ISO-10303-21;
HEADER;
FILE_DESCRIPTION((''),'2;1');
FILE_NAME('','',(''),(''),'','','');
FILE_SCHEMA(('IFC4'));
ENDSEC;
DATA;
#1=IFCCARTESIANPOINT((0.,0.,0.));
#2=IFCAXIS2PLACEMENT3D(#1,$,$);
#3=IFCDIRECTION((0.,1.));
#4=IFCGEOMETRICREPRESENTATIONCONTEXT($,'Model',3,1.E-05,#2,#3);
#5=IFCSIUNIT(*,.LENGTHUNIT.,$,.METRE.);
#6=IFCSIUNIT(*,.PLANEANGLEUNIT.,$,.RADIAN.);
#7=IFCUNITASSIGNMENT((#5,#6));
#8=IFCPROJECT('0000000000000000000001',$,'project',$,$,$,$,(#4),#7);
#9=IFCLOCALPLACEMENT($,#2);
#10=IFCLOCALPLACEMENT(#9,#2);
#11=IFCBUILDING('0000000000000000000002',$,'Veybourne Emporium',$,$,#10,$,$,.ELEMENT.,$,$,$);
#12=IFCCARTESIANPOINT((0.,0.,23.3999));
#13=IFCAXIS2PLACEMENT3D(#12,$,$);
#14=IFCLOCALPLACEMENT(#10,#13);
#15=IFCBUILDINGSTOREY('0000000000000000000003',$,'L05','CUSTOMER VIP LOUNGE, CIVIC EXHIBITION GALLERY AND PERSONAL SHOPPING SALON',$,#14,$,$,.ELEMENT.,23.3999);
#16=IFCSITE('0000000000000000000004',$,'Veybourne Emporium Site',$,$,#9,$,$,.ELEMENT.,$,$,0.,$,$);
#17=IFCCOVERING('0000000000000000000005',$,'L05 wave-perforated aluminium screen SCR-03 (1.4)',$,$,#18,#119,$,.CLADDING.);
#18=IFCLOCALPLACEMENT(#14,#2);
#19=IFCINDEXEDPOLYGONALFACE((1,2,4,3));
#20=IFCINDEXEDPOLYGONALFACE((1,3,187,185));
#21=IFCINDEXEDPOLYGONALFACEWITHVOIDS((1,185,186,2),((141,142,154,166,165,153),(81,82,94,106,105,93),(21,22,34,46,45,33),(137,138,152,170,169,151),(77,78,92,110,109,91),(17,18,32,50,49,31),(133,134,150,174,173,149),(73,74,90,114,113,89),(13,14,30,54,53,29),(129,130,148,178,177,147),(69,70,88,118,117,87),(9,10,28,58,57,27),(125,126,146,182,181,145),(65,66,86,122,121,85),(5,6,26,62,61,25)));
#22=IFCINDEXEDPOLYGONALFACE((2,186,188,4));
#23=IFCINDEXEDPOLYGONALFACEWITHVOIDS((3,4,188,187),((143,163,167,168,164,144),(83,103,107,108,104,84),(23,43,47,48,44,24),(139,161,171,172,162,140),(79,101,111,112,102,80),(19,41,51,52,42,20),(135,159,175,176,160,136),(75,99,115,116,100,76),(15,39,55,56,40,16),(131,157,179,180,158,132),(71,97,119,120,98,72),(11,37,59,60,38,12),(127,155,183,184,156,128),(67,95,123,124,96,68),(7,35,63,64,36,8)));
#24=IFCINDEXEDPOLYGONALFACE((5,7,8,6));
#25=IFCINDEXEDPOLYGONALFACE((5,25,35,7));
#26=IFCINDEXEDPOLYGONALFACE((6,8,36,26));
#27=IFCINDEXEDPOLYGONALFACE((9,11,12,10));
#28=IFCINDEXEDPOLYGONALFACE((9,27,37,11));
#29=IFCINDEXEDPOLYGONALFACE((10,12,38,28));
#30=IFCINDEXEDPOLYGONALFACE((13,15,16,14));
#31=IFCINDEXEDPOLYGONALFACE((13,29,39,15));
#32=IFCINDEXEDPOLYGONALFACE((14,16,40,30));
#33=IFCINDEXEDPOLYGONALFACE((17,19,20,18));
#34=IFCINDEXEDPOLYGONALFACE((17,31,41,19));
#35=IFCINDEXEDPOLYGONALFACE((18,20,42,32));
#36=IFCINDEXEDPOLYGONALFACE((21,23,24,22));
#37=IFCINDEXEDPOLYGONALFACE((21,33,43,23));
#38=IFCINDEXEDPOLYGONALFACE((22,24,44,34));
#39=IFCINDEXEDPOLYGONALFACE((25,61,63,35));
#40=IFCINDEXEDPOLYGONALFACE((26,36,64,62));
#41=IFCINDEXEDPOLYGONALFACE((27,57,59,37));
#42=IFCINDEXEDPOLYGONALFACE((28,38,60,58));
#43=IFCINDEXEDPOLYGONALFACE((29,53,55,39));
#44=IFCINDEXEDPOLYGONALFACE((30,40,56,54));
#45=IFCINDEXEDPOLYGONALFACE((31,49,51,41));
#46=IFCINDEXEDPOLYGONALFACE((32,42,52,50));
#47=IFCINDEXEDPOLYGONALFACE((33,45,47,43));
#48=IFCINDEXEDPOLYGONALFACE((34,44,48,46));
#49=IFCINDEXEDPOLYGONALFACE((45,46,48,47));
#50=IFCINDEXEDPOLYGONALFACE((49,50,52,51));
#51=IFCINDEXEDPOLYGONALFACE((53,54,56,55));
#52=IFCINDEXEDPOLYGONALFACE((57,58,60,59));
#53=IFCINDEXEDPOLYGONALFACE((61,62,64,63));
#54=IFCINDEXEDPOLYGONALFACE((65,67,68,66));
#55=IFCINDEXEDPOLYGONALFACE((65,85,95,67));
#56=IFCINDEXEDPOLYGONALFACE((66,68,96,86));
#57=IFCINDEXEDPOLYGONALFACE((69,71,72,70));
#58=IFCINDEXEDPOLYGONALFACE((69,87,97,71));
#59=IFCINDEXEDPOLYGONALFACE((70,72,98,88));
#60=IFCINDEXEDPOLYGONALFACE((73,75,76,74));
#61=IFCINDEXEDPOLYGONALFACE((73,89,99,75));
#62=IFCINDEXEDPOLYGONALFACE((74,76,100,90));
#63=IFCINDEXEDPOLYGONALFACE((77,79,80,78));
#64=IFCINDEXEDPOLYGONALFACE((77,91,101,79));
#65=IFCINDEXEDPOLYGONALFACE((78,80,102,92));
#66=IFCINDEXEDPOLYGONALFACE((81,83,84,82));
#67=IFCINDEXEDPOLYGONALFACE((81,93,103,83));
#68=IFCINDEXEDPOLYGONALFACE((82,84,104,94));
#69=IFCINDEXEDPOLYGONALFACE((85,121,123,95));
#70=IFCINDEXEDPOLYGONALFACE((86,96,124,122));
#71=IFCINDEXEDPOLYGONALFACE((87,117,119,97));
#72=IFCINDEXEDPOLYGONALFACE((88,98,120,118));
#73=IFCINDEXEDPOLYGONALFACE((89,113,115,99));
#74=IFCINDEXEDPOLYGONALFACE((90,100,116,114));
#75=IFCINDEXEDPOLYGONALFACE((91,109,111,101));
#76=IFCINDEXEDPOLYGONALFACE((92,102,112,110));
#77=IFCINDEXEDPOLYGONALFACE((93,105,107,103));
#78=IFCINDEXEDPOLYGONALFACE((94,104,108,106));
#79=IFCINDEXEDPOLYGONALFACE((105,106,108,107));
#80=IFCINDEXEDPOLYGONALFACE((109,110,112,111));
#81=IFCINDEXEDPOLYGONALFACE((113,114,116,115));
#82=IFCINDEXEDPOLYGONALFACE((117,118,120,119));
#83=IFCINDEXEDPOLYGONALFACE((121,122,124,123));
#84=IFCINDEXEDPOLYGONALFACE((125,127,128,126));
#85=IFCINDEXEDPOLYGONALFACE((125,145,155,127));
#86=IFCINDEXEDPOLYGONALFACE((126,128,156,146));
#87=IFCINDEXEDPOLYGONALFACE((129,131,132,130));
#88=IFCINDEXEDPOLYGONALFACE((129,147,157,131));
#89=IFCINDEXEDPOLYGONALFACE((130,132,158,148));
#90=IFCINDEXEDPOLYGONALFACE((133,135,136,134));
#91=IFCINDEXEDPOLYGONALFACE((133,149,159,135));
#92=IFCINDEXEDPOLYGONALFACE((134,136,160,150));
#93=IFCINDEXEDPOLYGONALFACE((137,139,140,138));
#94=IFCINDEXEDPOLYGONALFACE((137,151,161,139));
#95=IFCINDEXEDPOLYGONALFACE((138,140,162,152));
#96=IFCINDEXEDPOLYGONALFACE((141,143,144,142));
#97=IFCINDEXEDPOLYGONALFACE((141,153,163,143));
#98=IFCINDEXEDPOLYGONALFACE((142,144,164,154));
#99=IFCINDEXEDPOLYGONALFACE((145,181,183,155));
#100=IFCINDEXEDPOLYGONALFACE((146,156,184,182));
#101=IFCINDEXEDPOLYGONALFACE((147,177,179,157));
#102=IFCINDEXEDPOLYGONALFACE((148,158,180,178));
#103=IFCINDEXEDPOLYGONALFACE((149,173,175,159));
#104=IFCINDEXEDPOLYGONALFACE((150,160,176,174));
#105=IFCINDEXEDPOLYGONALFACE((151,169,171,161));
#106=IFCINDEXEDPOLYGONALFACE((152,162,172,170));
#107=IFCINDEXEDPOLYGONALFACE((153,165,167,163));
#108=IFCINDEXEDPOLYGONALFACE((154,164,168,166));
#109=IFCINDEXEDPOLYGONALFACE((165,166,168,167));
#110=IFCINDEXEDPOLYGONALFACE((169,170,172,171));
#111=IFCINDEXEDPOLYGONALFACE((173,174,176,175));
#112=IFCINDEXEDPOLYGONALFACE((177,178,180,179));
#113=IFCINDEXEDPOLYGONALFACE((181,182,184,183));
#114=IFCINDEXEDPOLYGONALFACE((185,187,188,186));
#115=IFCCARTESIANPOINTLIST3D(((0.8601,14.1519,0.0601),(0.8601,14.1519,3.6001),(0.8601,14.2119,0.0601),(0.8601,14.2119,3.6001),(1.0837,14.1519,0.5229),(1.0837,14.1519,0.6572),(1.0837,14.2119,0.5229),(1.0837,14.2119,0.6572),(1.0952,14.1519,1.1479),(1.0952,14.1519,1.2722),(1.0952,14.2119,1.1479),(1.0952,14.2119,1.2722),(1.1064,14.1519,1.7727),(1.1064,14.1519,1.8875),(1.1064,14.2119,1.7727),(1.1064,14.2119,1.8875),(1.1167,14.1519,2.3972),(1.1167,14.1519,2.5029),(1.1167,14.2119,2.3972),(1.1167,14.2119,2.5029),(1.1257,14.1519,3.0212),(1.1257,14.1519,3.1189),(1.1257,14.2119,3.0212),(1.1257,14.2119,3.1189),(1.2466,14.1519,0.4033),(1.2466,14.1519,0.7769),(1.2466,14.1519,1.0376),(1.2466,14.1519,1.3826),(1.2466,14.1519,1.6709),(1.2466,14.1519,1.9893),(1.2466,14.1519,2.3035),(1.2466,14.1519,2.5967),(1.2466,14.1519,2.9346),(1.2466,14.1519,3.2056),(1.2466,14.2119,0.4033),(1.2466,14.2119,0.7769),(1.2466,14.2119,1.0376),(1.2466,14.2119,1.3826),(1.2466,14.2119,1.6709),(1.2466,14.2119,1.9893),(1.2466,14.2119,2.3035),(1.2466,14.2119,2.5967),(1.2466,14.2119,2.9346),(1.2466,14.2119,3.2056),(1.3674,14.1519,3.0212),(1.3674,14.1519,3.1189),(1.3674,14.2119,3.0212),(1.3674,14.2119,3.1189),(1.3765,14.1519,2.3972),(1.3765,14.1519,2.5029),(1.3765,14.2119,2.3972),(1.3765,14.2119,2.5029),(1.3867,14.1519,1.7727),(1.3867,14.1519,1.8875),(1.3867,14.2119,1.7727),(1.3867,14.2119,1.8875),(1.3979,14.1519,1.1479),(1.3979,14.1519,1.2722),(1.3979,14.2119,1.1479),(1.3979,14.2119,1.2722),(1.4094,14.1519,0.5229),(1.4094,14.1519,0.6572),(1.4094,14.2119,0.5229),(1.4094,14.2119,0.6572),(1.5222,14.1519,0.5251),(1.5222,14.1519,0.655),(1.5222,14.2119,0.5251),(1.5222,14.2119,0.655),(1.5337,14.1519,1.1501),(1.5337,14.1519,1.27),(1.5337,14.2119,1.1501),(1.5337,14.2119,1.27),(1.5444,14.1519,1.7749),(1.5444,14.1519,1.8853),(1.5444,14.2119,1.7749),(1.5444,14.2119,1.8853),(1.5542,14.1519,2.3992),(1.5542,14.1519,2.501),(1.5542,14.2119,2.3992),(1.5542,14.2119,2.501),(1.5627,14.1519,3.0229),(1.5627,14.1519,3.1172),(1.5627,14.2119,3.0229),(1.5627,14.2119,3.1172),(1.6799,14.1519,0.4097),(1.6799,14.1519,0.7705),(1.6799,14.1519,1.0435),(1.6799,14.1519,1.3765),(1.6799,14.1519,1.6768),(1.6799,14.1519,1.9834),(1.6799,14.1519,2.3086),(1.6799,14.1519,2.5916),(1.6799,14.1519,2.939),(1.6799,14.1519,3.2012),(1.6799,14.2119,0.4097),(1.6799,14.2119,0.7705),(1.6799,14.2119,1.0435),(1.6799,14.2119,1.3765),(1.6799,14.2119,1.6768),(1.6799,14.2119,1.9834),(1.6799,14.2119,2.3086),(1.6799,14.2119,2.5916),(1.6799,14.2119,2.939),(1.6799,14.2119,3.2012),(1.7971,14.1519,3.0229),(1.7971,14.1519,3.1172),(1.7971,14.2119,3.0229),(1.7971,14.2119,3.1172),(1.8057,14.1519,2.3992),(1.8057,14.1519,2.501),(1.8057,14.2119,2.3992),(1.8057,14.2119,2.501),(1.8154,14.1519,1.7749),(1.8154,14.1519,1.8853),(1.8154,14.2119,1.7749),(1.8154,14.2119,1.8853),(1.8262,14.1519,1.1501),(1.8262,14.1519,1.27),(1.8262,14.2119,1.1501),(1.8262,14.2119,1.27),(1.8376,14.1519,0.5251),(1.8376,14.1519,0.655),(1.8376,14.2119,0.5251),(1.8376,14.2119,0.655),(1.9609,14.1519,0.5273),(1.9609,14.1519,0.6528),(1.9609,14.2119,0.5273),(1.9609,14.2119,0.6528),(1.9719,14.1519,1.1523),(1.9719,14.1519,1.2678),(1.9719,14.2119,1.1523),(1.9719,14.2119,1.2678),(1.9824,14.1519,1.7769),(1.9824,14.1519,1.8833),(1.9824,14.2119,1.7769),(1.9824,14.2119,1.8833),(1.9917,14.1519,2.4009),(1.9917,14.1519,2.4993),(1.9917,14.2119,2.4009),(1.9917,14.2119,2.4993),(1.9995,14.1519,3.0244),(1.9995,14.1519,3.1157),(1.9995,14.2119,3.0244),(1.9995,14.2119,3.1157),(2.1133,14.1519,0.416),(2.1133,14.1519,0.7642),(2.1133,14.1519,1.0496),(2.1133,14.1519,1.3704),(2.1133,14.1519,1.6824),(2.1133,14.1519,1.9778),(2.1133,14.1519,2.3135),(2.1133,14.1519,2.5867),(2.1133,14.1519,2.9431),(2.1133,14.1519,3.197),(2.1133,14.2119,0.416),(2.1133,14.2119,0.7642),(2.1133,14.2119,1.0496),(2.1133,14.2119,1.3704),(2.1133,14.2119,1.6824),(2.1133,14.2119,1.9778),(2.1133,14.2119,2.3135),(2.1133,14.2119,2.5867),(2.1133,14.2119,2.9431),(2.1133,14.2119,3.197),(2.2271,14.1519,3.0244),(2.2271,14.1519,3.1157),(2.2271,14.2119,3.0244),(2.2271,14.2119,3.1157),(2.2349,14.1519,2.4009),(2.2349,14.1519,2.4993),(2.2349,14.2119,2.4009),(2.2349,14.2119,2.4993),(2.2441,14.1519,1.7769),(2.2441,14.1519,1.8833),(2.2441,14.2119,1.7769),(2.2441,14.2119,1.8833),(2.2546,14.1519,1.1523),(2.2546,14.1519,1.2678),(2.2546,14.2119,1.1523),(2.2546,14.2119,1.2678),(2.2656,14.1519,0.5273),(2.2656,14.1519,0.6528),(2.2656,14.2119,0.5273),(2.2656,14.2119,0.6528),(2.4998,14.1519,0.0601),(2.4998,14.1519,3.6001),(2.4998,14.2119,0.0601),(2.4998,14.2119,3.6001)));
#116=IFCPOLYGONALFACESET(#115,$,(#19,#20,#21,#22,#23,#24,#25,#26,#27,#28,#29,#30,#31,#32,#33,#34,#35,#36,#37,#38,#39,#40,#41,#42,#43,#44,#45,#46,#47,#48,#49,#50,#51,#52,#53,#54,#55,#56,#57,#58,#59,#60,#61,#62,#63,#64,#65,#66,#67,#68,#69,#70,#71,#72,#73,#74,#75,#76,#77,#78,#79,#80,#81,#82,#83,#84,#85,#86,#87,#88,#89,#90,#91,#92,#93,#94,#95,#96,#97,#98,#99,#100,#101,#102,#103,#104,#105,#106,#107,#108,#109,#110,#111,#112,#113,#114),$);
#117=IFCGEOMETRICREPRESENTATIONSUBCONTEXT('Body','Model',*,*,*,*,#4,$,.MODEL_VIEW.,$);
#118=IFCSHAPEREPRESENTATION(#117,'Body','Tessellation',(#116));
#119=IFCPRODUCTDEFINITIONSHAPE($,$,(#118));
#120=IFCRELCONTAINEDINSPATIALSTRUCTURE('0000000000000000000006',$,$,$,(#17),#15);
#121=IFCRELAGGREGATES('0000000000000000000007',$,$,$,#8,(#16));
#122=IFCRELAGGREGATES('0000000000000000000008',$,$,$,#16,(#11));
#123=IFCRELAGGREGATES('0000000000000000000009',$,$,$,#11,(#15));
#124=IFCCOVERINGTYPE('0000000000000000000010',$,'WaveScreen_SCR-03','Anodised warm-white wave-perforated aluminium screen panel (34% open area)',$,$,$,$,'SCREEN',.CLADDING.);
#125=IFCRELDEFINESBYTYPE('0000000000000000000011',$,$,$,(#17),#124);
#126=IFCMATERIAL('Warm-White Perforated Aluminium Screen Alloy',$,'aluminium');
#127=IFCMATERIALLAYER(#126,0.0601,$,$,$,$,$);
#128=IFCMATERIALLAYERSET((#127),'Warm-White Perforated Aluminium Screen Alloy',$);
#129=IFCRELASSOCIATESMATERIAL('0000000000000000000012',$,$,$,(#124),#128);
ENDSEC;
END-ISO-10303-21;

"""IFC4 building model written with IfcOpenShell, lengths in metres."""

from ifc_helpers import new_model, si_unit, direction, frame, origin, place, context, subcontext, project, spatial, polyline, outline, extrude, material, layer, layer_set, type_object, element, save


model = new_model("IFC4")

# Units and contexts
model_context = context("Model", 3, precision=1e-05, world=origin(), true_north=direction((0.0, 1.0)))
body_context = subcontext(model_context, "Body", "Model", "MODEL_VIEW")
ifc_project = project(units=[si_unit("LENGTHUNIT", "METRE"), si_unit("PLANEANGLEUNIT", "RADIAN")], contexts=[model_context])

# Site, building, storey
site_placement = place(None, origin())
site = spatial("IfcSite", under=ifc_project, at=site_placement, Name="Veybourne Emporium Site", CompositionType="ELEMENT", RefElevation=0.0)
building_placement = place(site_placement, origin())
building = spatial("IfcBuilding", under=site, at=building_placement, Name="Veybourne Emporium", CompositionType="ELEMENT")
storey_placement = place(building_placement, frame((0.0, 0.0, 23.3999)))
storey = spatial("IfcBuildingStorey", under=building, at=storey_placement, Name="L05", Description="CUSTOMER VIP LOUNGE, CIVIC EXHIBITION GALLERY AND PERSONAL SHOPPING SALON", CompositionType="ELEMENT", Elevation=23.3999)

# Covering
ifc_material_1 = material(Name="Warm-White Perforated Aluminium Screen Alloy", Category="aluminium")
ifc_layer_1 = layer(ifc_material_1, 0.0601)
ifc_layer_set_1 = layer_set([ifc_layer_1], Name="Warm-White Perforated Aluminium Screen Alloy")
covering_type_1 = type_object("IfcCoveringType", Name="WaveScreen_SCR-03", Description="Anodised warm-white wave-perforated aluminium screen panel (34% open area)", ElementType="SCREEN", PredefinedType="CLADDING", material=ifc_layer_set_1)
covering_1_placement = place(storey_placement, frame((1.6799, 14.1519, 1.8301), z_axis=(0.0, 1.0, 0.0), x_axis=(-1.0, 0.0, 0.0)))
element("IfcCovering", 1, at=covering_1_placement, inside=storey, type_object=covering_type_1, Name="L05 wave-perforated aluminium screen SCR-03 (1.4)", PredefinedType="CLADDING", context=body_context, shape_type="SweptSolid", body=[
    extrude(outline(polyline([(-0.8198, -1.77), (0.8198, -1.77), (0.8198, 1.77), (-0.8198, 1.77), (-0.8198, -1.77)]), holes=[polyline([(-0.4333, -1.0659), (-0.281, -1.1772), (-0.281, -1.3027), (-0.4333, -1.4141), (-0.5857, -1.3027), (-0.5857, -1.1772), (-0.4333, -1.0659)]), polyline([(-0.4333, -0.4597), (-0.292, -0.5623), (-0.292, -0.6777), (-0.4333, -0.7805), (-0.5747, -0.6777), (-0.5747, -0.5623), (-0.4333, -0.4597)]), polyline([(-0.4333, 0.1477), (-0.3025, 0.0532), (-0.3025, -0.0532), (-0.4333, -0.1477), (-0.5642, -0.0532), (-0.5642, 0.0532), (-0.4333, 0.1477)]), polyline([(-0.4333, 0.7566), (-0.3118, 0.6692), (-0.3118, 0.5708), (-0.4333, 0.4834), (-0.5549, 0.5708), (-0.5549, 0.6692), (-0.4333, 0.7566)]), polyline([(-0.4333, 1.3669), (-0.3196, 1.2856), (-0.3196, 1.1943), (-0.4333, 1.113), (-0.5471, 1.1943), (-0.5471, 1.2856), (-0.4333, 1.3669)]), polyline([(0.0, -1.0596), (0.1577, -1.175), (0.1577, -1.3049), (0.0, -1.4204), (-0.1577, -1.3049), (-0.1577, -1.175), (0.0, -1.0596)]), polyline([(0.0, -0.4536), (0.1462, -0.5601), (0.1462, -0.6799), (0.0, -0.7866), (-0.1462, -0.6799), (-0.1462, -0.5601), (0.0, -0.4536)]), polyline([(0.0, 0.1533), (0.1355, 0.0552), (0.1355, -0.0552), (0.0, -0.1533), (-0.1355, -0.0552), (-0.1355, 0.0552), (0.0, 0.1533)]), polyline([(0.0, 0.7615), (0.1257, 0.6709), (0.1257, 0.5691), (0.0, 0.4785), (-0.1257, 0.5691), (-0.1257, 0.6709), (0.0, 0.7615)]), polyline([(0.0, 1.3711), (0.1172, 1.2871), (0.1172, 1.1929), (0.0, 1.1089), (-0.1172, 1.1929), (-0.1172, 1.2871), (0.0, 1.3711)]), polyline([(0.4333, -1.0532), (0.5962, -1.1729), (0.5962, -1.3071), (0.4333, -1.4268), (0.2705, -1.3071), (0.2705, -1.1729), (0.4333, -1.0532)]), polyline([(0.4333, -0.4475), (0.5847, -0.5579), (0.5847, -0.6821), (0.4333, -0.7925), (0.282, -0.6821), (0.282, -0.5579), (0.4333, -0.4475)]), polyline([(0.4333, 0.1592), (0.5735, 0.0574), (0.5735, -0.0574), (0.4333, -0.1592), (0.2932, -0.0574), (0.2932, 0.0574), (0.4333, 0.1592)]), polyline([(0.4333, 0.7666), (0.5632, 0.6729), (0.5632, 0.5671), (0.4333, 0.4734), (0.3035, 0.5671), (0.3035, 0.6729), (0.4333, 0.7666)]), polyline([(0.4333, 1.3755), (0.5542, 1.2888), (0.5542, 1.1912), (0.4333, 1.1045), (0.3125, 1.1912), (0.3125, 1.2888), (0.4333, 1.3755)])]), origin(), (0.0, 0.0, 1.0), 0.0601),
])

save(model, "model.ifc")
